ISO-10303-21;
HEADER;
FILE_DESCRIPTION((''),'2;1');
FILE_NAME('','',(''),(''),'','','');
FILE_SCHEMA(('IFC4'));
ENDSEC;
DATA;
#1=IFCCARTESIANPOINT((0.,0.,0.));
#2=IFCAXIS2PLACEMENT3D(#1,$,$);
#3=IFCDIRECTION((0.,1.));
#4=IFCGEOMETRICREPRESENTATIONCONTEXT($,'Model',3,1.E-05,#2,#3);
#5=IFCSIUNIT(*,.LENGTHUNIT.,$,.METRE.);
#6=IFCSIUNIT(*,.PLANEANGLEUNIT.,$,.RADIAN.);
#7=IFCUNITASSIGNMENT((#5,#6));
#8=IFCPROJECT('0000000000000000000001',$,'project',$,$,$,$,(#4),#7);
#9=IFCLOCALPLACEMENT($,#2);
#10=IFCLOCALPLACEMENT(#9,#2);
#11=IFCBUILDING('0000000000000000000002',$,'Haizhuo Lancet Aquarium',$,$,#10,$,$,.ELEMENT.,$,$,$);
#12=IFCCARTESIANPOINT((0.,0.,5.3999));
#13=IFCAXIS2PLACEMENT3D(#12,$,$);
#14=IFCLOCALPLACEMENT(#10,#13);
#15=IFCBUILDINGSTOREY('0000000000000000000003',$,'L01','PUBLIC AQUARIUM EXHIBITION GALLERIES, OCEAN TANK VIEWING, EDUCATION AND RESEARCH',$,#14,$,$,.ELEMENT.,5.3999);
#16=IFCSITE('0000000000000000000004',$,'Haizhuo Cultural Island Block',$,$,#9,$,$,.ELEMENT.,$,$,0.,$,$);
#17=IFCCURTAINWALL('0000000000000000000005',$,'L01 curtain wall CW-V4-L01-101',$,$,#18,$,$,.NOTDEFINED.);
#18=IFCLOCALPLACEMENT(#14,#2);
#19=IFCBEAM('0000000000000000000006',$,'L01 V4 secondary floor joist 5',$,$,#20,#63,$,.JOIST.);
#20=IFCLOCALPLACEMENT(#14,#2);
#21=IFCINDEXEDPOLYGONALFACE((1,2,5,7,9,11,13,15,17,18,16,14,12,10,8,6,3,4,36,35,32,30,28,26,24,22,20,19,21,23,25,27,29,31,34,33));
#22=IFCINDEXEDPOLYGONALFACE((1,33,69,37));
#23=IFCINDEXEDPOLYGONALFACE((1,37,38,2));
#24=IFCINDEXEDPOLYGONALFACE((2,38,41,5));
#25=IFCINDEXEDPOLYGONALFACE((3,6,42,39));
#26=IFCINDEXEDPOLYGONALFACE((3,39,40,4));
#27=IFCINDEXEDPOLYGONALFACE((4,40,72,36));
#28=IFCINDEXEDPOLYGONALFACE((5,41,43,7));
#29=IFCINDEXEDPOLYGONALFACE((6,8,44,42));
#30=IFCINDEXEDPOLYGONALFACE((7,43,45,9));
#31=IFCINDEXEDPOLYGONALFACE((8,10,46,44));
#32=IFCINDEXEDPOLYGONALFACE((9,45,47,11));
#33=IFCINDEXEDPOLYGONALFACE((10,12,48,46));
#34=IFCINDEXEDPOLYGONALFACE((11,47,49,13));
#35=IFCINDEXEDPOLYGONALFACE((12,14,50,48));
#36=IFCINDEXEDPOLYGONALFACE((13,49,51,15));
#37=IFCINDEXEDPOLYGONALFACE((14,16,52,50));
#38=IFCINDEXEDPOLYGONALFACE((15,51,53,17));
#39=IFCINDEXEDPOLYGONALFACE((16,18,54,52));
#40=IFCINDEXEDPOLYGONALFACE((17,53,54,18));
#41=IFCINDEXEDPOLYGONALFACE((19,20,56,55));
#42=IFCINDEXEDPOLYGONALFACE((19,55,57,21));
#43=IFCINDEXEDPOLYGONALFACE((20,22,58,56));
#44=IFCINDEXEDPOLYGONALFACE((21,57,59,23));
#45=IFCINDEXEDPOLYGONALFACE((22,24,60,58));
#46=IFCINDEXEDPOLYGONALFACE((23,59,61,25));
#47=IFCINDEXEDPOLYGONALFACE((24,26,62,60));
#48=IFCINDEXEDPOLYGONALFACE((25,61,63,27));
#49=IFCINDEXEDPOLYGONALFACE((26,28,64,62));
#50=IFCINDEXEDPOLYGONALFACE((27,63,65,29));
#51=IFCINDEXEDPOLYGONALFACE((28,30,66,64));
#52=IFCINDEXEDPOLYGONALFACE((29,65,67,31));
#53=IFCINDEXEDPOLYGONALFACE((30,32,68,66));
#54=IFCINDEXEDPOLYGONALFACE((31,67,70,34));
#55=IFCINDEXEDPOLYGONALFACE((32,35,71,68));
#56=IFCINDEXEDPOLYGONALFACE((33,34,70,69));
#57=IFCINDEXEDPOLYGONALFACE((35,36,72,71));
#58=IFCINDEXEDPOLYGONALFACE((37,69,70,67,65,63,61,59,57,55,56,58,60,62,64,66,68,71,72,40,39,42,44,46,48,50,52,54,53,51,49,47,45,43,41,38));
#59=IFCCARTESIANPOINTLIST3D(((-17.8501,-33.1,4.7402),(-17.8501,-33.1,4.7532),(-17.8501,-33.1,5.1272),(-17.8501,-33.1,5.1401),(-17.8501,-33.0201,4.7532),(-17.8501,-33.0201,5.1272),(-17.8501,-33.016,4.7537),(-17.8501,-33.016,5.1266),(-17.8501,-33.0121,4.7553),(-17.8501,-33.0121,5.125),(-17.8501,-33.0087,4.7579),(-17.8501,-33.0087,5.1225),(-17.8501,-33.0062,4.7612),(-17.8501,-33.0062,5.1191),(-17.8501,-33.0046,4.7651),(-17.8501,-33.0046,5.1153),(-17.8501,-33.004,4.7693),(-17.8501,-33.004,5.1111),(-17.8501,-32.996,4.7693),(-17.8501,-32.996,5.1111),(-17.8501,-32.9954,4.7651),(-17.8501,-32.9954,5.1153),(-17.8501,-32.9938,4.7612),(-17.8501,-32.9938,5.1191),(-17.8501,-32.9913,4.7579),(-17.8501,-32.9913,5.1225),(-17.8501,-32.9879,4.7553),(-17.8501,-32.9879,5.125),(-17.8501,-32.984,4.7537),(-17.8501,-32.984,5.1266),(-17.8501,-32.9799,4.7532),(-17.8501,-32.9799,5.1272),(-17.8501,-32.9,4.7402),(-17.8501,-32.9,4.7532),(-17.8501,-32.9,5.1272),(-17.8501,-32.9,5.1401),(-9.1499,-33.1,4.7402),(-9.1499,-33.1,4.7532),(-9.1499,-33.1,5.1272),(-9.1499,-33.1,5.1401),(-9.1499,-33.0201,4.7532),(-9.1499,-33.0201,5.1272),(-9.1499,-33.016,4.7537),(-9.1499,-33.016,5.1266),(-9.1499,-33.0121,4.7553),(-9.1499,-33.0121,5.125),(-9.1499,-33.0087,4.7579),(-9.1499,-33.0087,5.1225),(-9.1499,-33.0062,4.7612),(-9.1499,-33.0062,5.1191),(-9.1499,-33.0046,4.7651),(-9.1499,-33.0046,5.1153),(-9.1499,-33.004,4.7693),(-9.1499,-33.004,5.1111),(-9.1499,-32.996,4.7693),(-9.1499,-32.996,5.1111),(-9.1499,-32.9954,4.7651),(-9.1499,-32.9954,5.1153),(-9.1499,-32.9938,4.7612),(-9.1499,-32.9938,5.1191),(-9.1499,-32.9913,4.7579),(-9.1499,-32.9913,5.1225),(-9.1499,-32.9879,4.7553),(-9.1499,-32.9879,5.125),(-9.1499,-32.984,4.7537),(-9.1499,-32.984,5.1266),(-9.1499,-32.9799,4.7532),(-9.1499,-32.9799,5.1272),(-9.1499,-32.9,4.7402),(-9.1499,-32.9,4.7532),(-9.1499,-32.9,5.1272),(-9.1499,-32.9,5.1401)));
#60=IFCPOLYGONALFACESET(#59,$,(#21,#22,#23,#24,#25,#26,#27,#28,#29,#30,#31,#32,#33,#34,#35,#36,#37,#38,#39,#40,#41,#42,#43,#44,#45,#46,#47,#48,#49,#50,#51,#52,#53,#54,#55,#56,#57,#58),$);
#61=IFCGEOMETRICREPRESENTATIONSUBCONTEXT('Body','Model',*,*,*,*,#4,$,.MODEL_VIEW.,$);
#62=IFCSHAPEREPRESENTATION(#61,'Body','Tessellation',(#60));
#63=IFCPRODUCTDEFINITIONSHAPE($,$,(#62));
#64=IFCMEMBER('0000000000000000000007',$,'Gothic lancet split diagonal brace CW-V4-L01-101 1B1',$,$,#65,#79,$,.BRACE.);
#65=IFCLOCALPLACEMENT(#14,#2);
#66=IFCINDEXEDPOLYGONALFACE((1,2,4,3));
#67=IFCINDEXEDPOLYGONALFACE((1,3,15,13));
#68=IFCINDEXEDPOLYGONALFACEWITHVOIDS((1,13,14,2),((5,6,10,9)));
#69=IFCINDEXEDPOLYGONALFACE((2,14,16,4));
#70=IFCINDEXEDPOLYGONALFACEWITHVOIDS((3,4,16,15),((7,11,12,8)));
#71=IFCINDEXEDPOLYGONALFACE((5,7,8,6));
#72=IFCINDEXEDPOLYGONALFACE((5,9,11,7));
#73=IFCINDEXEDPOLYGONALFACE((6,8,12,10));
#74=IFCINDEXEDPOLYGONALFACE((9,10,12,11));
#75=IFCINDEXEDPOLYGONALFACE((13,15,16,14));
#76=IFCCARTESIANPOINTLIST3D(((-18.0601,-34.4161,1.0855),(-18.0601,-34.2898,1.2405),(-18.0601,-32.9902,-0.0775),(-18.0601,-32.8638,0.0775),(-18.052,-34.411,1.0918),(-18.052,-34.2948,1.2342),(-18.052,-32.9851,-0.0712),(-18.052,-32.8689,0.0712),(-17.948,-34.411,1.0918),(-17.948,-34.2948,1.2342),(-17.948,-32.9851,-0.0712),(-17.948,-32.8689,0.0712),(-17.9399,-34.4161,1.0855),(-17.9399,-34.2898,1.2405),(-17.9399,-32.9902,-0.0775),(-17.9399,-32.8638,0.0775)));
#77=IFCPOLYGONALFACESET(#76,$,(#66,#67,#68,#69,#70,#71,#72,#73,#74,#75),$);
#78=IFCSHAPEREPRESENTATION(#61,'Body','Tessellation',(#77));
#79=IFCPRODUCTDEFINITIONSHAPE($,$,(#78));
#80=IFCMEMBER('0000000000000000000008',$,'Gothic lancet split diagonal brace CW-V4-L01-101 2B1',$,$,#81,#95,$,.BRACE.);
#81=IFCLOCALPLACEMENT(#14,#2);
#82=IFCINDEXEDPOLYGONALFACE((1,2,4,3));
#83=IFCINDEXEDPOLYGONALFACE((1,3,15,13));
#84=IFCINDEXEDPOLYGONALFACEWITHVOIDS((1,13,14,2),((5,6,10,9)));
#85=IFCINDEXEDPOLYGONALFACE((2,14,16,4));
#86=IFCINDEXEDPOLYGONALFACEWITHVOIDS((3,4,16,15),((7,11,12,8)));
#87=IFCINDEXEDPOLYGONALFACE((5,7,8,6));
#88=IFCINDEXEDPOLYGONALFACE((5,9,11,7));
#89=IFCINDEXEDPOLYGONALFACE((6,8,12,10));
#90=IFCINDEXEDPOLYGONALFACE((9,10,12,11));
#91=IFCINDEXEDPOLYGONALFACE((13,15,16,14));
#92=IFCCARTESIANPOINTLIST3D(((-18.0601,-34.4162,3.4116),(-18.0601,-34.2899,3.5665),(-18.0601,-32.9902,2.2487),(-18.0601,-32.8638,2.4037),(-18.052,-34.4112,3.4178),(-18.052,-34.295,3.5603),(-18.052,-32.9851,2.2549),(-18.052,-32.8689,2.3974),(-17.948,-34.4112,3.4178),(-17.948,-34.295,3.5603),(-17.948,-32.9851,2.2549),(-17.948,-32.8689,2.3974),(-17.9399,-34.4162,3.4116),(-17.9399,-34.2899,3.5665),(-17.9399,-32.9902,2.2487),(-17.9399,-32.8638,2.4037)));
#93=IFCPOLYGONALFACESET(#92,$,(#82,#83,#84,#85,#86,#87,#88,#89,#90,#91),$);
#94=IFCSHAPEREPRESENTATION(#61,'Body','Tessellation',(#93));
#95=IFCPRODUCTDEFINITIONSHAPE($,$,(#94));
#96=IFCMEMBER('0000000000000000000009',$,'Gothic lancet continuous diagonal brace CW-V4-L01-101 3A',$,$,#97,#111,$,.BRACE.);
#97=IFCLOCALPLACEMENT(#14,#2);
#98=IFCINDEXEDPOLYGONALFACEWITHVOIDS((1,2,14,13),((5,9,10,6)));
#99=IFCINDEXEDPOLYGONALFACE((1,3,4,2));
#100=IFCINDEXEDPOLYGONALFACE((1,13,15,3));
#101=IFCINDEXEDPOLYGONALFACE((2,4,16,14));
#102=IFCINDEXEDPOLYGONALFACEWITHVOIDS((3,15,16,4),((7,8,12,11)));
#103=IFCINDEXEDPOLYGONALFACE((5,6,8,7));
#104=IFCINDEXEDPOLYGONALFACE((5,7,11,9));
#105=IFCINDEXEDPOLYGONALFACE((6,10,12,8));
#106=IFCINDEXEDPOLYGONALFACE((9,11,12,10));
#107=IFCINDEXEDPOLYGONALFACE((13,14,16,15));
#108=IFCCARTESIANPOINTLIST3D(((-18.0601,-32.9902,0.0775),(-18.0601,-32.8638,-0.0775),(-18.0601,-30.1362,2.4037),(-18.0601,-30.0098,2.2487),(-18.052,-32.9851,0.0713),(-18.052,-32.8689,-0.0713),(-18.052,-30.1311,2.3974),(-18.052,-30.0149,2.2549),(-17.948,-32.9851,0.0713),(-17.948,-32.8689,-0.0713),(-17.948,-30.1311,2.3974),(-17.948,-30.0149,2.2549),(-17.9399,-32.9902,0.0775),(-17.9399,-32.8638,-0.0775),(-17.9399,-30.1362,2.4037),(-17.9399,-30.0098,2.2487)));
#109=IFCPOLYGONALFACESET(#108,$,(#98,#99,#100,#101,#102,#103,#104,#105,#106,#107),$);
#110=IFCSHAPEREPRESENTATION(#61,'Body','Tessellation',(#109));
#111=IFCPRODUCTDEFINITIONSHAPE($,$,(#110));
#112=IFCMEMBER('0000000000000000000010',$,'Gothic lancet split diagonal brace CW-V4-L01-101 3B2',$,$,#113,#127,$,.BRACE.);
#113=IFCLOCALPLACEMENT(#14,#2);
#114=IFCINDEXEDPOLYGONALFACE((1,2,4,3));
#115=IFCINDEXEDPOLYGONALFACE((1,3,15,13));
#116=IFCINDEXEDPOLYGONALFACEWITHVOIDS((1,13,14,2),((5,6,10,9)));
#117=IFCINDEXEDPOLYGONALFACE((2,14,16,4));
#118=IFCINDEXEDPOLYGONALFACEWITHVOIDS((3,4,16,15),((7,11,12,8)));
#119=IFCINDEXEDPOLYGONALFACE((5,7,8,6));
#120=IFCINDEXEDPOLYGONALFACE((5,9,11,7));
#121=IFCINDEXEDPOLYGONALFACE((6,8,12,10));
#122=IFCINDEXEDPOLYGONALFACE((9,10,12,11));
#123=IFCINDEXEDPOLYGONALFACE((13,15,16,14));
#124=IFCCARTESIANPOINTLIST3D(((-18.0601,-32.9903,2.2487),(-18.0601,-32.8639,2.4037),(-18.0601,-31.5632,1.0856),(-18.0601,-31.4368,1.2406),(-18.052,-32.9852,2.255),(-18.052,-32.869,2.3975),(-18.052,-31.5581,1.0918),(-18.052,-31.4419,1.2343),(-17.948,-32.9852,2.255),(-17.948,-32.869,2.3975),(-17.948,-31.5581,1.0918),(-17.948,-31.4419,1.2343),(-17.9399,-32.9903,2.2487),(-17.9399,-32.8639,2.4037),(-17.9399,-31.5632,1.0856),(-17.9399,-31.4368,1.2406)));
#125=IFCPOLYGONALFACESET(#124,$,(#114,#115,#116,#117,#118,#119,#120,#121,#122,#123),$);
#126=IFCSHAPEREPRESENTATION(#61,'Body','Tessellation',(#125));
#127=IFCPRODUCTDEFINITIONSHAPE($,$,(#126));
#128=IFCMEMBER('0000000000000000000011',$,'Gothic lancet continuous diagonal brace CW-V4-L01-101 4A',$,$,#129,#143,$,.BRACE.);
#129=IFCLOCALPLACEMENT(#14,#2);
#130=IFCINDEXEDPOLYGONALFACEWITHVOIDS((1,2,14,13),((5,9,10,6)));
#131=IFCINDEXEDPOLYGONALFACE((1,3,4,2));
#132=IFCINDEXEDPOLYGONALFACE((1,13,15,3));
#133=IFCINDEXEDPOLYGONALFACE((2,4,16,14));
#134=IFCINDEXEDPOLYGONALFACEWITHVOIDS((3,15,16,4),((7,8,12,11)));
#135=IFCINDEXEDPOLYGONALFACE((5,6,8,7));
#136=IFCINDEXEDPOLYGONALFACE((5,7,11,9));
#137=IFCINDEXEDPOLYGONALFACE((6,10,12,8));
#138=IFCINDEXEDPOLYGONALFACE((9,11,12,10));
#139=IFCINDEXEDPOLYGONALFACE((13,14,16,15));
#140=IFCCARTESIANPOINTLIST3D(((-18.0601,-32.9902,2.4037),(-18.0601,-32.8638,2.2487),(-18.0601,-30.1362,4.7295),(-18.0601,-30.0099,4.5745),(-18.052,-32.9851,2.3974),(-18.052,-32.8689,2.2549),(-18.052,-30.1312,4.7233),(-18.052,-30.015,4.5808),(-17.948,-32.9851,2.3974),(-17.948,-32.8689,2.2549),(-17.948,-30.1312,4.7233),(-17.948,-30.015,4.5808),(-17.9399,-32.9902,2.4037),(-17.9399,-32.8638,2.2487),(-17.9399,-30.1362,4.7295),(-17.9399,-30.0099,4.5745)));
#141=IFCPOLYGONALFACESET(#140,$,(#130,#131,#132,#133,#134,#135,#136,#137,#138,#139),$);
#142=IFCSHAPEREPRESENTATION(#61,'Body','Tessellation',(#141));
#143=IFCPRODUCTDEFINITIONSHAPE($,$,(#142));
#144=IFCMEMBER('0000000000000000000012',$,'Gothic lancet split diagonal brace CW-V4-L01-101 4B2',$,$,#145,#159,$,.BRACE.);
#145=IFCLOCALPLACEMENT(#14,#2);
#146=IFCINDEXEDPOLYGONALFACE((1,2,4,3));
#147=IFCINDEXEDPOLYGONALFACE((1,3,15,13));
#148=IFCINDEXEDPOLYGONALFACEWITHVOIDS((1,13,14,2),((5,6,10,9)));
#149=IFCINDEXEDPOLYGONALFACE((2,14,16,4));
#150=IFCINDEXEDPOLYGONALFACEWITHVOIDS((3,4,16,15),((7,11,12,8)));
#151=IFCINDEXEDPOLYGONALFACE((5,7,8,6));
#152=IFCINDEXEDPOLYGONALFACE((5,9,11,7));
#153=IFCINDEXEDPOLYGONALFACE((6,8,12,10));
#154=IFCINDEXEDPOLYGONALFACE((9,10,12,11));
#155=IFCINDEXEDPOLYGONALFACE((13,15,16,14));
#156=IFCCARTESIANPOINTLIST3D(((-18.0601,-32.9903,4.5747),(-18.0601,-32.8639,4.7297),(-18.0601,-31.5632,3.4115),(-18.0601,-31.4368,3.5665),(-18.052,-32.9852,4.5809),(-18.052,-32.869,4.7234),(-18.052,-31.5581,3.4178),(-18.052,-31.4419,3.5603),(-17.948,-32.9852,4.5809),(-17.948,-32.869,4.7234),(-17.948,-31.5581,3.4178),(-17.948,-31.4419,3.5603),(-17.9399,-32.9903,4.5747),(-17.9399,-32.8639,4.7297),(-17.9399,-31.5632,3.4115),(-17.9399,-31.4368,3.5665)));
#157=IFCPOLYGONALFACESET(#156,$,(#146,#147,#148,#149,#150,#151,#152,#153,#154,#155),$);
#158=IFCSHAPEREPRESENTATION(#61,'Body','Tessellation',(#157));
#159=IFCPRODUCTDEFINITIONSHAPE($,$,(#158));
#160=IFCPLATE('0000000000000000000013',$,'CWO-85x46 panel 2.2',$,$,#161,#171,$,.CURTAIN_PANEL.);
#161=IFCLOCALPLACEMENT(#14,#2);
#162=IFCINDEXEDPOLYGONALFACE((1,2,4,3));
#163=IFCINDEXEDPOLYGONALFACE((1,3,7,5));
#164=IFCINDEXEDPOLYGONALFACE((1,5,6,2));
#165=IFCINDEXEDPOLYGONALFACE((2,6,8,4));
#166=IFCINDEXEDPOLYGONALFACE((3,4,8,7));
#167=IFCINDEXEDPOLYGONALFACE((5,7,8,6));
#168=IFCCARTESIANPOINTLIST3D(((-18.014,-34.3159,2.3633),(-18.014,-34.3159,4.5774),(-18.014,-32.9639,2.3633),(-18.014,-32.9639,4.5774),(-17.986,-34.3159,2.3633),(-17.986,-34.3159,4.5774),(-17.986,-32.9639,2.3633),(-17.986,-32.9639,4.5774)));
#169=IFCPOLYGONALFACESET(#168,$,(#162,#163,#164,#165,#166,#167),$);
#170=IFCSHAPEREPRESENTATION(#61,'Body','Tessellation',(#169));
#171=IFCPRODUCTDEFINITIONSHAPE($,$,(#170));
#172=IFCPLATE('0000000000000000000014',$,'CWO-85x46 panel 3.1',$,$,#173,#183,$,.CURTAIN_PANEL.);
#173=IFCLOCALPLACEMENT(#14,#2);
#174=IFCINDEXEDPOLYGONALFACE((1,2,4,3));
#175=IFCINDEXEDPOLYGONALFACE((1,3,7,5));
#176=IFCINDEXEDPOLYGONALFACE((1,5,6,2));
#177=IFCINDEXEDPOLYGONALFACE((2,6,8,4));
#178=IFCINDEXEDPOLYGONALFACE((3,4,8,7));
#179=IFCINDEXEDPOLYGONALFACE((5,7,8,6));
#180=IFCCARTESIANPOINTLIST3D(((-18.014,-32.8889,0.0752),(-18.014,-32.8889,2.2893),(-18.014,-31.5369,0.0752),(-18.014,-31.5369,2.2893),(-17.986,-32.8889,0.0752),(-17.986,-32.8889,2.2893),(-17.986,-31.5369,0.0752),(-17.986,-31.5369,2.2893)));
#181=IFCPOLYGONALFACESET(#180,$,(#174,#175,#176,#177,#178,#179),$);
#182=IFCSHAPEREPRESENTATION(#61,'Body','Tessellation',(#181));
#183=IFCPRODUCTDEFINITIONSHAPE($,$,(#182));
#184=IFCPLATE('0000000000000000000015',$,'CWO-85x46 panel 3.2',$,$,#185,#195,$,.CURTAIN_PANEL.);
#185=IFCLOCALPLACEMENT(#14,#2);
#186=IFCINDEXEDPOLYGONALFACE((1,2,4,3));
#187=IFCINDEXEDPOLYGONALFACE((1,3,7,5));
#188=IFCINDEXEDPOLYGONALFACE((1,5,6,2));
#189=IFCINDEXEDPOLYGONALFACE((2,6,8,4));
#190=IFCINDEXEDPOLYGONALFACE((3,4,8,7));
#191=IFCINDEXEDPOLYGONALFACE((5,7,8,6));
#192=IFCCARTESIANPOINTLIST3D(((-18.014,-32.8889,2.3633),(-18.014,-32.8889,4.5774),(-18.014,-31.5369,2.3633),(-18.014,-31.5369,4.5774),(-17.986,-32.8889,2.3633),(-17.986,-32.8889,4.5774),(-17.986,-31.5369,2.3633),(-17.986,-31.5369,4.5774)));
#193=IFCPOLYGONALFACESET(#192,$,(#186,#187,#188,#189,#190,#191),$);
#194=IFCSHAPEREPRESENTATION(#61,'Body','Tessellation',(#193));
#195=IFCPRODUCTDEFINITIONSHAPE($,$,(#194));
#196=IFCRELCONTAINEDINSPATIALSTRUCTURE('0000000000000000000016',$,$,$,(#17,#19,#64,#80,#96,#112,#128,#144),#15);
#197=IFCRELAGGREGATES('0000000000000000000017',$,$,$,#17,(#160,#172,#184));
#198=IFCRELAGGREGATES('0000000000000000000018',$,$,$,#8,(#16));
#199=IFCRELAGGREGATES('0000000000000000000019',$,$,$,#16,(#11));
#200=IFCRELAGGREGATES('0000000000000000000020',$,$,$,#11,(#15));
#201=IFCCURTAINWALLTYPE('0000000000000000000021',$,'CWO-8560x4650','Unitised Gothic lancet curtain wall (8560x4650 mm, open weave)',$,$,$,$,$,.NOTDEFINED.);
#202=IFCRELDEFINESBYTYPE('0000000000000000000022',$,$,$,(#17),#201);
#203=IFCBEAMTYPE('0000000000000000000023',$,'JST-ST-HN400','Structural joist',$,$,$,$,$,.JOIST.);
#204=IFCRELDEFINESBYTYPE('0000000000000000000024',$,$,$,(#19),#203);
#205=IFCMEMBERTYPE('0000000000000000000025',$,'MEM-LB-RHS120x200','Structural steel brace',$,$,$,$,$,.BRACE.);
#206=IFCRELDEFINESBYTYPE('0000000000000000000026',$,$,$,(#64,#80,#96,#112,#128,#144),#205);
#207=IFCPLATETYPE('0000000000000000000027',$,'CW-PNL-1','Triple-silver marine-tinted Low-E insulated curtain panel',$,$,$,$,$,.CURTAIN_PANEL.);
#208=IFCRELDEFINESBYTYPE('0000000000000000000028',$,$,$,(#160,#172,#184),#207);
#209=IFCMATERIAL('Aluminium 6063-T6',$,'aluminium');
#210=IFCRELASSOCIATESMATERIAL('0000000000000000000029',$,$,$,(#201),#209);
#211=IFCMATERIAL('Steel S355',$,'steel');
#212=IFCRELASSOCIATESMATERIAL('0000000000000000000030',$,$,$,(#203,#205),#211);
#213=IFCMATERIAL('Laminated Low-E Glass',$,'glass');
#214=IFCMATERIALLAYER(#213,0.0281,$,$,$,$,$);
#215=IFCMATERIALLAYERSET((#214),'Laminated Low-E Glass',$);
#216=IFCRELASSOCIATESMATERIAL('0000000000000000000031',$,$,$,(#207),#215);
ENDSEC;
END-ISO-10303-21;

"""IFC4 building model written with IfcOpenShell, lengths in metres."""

from ifc_helpers import new_model, si_unit, direction, frame, origin, origin_2d, place, context, subcontext, project, spatial, rectangle, hollow_rectangle, i_section, extrude, material, layer, layer_set, material_profile, profile_set, type_object, element, aggregate, save


model = new_model("IFC4")

# Units and contexts
model_context = context("Model", 3, precision=1e-05, world=origin(), true_north=direction((0.0, 1.0)))
body_context = subcontext(model_context, "Body", "Model", "MODEL_VIEW")
ifc_project = project(units=[si_unit("LENGTHUNIT", "METRE"), si_unit("PLANEANGLEUNIT", "RADIAN")], contexts=[model_context])

# Site, building, storey
site_placement = place(None, origin())
site = spatial("IfcSite", under=ifc_project, at=site_placement, Name="Haizhuo Cultural Island Block", CompositionType="ELEMENT", RefElevation=0.0)
building_placement = place(site_placement, origin())
building = spatial("IfcBuilding", under=site, at=building_placement, Name="Haizhuo Lancet Aquarium", CompositionType="ELEMENT")
storey_placement = place(building_placement, frame((0.0, 0.0, 5.3999)))
storey = spatial("IfcBuildingStorey", under=building, at=storey_placement, Name="L01", Description="PUBLIC AQUARIUM EXHIBITION GALLERIES, OCEAN TANK VIEWING, EDUCATION AND RESEARCH", CompositionType="ELEMENT", Elevation=5.3999)

# Curtain wall
ifc_material_1 = material(Name="Aluminium 6063-T6", Category="aluminium")
curtain_wall_type = type_object("IfcCurtainWallType", Name="CWO-8560x4650", Description="Unitised Gothic lancet curtain wall (8560x4650 mm, open weave)", PredefinedType="NOTDEFINED", material=ifc_material_1)
curtain_wall_placement = place(storey_placement, origin())
curtain_wall = element("IfcCurtainWall", 1, at=curtain_wall_placement, inside=storey, type_object=curtain_wall_type, Name="L01 curtain wall CW-V4-L01-101", PredefinedType="NOTDEFINED")

# Beam
ifc_material_2 = material(Name="Steel S355", Category="steel")
ifc_material_profile_1 = material_profile(ifc_material_2, i_section(OverallWidth=0.2, OverallDepth=0.3999, WebThickness=0.0081, FlangeThickness=0.0129, FilletRadius=0.0161, at=origin_2d()), Name="HN 400x200x8x13")
ifc_profile_set_1 = profile_set([ifc_material_profile_1], Name="Steel S355")
beam_type = type_object("IfcBeamType", Name="JST-ST-HN400", Description="Structural joist", PredefinedType="JOIST", material=ifc_profile_set_1)
beam_placement = place(storey_placement, frame((-17.8501, -33.0, 4.9402), z_axis=(1.0, 0.0, 0.0), x_axis=(0.0, 1.0, 0.0)))
element("IfcBeam", 2, at=beam_placement, inside=storey, type_object=beam_type, Name="L01 V4 secondary floor joist 5", PredefinedType="JOIST", context=body_context, shape_type="SweptSolid", body=[
    extrude(i_section(OverallWidth=0.2, OverallDepth=0.3999, WebThickness=0.0081, FlangeThickness=0.0129, FilletRadius=0.0161, at=origin_2d()), origin(), (0.0, 0.0, 1.0), 8.7002),
])

# Members
ifc_material_profile_2 = material_profile(ifc_material_2, hollow_rectangle(XDim=0.1201, YDim=0.2, WallThickness=0.0081, at=origin_2d()), Name="RHS 120x200x8")
ifc_profile_set_2 = profile_set([ifc_material_profile_2], Name="Steel S355")
member_type_1 = type_object("IfcMemberType", Name="MEM-LB-RHS120x200", Description="Structural steel brace", PredefinedType="BRACE", material=ifc_profile_set_2)
for number, where, z_axis, x_axis, name in (
    (3, (-18.0, -32.927, 0.0), (0.0, -0.774932, 0.632045), (1.0, 0.0, 0.0), "Gothic lancet split diagonal brace CW-V4-L01-101 1B1"),
    (4, (-18.0, -32.927, 2.3262), (0.0, -0.774997, 0.631965), (1.0, 0.0, 0.0), "Gothic lancet split diagonal brace CW-V4-L01-101 2B1"),
):
    element("IfcMember", number, at=place(storey_placement, frame(where, z_axis=z_axis, x_axis=x_axis)), inside=storey, type_object=member_type_1, Name=name, PredefinedType="BRACE", context=body_context, shape_type="SweptSolid", body=[
        extrude(hollow_rectangle(XDim=0.1201, YDim=0.2, WallThickness=0.0081, at=origin_2d()), origin(), (0.0, 0.0, 1.0), 1.8401),
    ])
member_1_placement = place(storey_placement, frame((-18.0, -32.927, 0.0), z_axis=(0.0, 0.775144, 0.631785), x_axis=(-1.0, 0.0, 0.0)))
element("IfcMember", 5, at=member_1_placement, inside=storey, type_object=member_type_1, Name="Gothic lancet continuous diagonal brace CW-V4-L01-101 3A", PredefinedType="BRACE", context=body_context, shape_type="SweptSolid", body=[
    extrude(hollow_rectangle(XDim=0.1201, YDim=0.2, WallThickness=0.0081, at=origin_2d()), origin(), (0.0, 0.0, 1.0), 3.6819),
])
member_2_placement = place(storey_placement, frame((-18.0, -31.5, 1.1631), z_axis=(0.0, -0.775144, 0.631785), x_axis=(1.0, 0.0, 0.0)))
element("IfcMember", 6, at=member_2_placement, inside=storey, type_object=member_type_1, Name="Gothic lancet split diagonal brace CW-V4-L01-101 3B2", PredefinedType="BRACE", context=body_context, shape_type="SweptSolid", body=[
    extrude(hollow_rectangle(XDim=0.1201, YDim=0.2, WallThickness=0.0081, at=origin_2d()), origin(), (0.0, 0.0, 1.0), 1.8411),
])
member_3_placement = place(storey_placement, frame((-18.0, -32.927, 2.3262), z_axis=(0.0, 0.775176, 0.631745), x_axis=(-1.0, 0.0, 0.0)))
element("IfcMember", 7, at=member_3_placement, inside=storey, type_object=member_type_1, Name="Gothic lancet continuous diagonal brace CW-V4-L01-101 4A", PredefinedType="BRACE", context=body_context, shape_type="SweptSolid", body=[
    extrude(hollow_rectangle(XDim=0.1201, YDim=0.2, WallThickness=0.0081, at=origin_2d()), origin(), (0.0, 0.0, 1.0), 3.6816),
])
member_4_placement = place(storey_placement, frame((-18.0, -31.5, 3.489), z_axis=(0.0, -0.775144, 0.631785), x_axis=(1.0, 0.0, 0.0)))
element("IfcMember", 8, at=member_4_placement, inside=storey, type_object=member_type_1, Name="Gothic lancet split diagonal brace CW-V4-L01-101 4B2", PredefinedType="BRACE", context=body_context, shape_type="SweptSolid", body=[
    extrude(hollow_rectangle(XDim=0.1201, YDim=0.2, WallThickness=0.0081, at=origin_2d()), origin(), (0.0, 0.0, 1.0), 1.8411),
])

# Plates
ifc_material_3 = material(Name="Laminated Low-E Glass", Category="glass")
ifc_layer_1 = layer(ifc_material_3, 0.0281)
ifc_layer_set_1 = layer_set([ifc_layer_1], Name="Laminated Low-E Glass")
plate_type = type_object("IfcPlateType", Name="CW-PNL-1", Description="Triple-silver marine-tinted Low-E insulated curtain panel", PredefinedType="CURTAIN_PANEL", material=ifc_layer_set_1)
plate_1_placement = place(storey_placement, frame((-18.0, -33.6399, 2.3633), z_axis=(0.0, 0.0, 1.0), x_axis=(0.0, 1.0, 0.0)))
plate_1 = element("IfcPlate", 9, at=plate_1_placement, type_object=plate_type, Name="CWO-85x46 panel 2.2", PredefinedType="CURTAIN_PANEL", context=body_context, shape_type="SweptSolid", body=[
    extrude(rectangle(XDim=1.3521, YDim=0.0281, at=origin_2d()), origin(), (0.0, 0.0, 1.0), 2.2141),
])
plate_2_placement = place(storey_placement, frame((-18.0, -32.2129, 0.0752), z_axis=(0.0, 0.0, 1.0), x_axis=(0.0, 1.0, 0.0)))
plate_2 = element("IfcPlate", 10, at=plate_2_placement, type_object=plate_type, Name="CWO-85x46 panel 3.1", PredefinedType="CURTAIN_PANEL", context=body_context, shape_type="SweptSolid", body=[
    extrude(rectangle(XDim=1.3521, YDim=0.0281, at=origin_2d()), origin(), (0.0, 0.0, 1.0), 2.2141),
])
plate_3_placement = place(storey_placement, frame((-18.0, -32.2129, 2.3633), z_axis=(0.0, 0.0, 1.0), x_axis=(0.0, 1.0, 0.0)))
plate_3 = element("IfcPlate", 11, at=plate_3_placement, type_object=plate_type, Name="CWO-85x46 panel 3.2", PredefinedType="CURTAIN_PANEL", context=body_context, shape_type="SweptSolid", body=[
    extrude(rectangle(XDim=1.3521, YDim=0.0281, at=origin_2d()), origin(), (0.0, 0.0, 1.0), 2.2141),
])
aggregate(curtain_wall, [plate_1, plate_2, plate_3])

save(model, "model.ifc")
